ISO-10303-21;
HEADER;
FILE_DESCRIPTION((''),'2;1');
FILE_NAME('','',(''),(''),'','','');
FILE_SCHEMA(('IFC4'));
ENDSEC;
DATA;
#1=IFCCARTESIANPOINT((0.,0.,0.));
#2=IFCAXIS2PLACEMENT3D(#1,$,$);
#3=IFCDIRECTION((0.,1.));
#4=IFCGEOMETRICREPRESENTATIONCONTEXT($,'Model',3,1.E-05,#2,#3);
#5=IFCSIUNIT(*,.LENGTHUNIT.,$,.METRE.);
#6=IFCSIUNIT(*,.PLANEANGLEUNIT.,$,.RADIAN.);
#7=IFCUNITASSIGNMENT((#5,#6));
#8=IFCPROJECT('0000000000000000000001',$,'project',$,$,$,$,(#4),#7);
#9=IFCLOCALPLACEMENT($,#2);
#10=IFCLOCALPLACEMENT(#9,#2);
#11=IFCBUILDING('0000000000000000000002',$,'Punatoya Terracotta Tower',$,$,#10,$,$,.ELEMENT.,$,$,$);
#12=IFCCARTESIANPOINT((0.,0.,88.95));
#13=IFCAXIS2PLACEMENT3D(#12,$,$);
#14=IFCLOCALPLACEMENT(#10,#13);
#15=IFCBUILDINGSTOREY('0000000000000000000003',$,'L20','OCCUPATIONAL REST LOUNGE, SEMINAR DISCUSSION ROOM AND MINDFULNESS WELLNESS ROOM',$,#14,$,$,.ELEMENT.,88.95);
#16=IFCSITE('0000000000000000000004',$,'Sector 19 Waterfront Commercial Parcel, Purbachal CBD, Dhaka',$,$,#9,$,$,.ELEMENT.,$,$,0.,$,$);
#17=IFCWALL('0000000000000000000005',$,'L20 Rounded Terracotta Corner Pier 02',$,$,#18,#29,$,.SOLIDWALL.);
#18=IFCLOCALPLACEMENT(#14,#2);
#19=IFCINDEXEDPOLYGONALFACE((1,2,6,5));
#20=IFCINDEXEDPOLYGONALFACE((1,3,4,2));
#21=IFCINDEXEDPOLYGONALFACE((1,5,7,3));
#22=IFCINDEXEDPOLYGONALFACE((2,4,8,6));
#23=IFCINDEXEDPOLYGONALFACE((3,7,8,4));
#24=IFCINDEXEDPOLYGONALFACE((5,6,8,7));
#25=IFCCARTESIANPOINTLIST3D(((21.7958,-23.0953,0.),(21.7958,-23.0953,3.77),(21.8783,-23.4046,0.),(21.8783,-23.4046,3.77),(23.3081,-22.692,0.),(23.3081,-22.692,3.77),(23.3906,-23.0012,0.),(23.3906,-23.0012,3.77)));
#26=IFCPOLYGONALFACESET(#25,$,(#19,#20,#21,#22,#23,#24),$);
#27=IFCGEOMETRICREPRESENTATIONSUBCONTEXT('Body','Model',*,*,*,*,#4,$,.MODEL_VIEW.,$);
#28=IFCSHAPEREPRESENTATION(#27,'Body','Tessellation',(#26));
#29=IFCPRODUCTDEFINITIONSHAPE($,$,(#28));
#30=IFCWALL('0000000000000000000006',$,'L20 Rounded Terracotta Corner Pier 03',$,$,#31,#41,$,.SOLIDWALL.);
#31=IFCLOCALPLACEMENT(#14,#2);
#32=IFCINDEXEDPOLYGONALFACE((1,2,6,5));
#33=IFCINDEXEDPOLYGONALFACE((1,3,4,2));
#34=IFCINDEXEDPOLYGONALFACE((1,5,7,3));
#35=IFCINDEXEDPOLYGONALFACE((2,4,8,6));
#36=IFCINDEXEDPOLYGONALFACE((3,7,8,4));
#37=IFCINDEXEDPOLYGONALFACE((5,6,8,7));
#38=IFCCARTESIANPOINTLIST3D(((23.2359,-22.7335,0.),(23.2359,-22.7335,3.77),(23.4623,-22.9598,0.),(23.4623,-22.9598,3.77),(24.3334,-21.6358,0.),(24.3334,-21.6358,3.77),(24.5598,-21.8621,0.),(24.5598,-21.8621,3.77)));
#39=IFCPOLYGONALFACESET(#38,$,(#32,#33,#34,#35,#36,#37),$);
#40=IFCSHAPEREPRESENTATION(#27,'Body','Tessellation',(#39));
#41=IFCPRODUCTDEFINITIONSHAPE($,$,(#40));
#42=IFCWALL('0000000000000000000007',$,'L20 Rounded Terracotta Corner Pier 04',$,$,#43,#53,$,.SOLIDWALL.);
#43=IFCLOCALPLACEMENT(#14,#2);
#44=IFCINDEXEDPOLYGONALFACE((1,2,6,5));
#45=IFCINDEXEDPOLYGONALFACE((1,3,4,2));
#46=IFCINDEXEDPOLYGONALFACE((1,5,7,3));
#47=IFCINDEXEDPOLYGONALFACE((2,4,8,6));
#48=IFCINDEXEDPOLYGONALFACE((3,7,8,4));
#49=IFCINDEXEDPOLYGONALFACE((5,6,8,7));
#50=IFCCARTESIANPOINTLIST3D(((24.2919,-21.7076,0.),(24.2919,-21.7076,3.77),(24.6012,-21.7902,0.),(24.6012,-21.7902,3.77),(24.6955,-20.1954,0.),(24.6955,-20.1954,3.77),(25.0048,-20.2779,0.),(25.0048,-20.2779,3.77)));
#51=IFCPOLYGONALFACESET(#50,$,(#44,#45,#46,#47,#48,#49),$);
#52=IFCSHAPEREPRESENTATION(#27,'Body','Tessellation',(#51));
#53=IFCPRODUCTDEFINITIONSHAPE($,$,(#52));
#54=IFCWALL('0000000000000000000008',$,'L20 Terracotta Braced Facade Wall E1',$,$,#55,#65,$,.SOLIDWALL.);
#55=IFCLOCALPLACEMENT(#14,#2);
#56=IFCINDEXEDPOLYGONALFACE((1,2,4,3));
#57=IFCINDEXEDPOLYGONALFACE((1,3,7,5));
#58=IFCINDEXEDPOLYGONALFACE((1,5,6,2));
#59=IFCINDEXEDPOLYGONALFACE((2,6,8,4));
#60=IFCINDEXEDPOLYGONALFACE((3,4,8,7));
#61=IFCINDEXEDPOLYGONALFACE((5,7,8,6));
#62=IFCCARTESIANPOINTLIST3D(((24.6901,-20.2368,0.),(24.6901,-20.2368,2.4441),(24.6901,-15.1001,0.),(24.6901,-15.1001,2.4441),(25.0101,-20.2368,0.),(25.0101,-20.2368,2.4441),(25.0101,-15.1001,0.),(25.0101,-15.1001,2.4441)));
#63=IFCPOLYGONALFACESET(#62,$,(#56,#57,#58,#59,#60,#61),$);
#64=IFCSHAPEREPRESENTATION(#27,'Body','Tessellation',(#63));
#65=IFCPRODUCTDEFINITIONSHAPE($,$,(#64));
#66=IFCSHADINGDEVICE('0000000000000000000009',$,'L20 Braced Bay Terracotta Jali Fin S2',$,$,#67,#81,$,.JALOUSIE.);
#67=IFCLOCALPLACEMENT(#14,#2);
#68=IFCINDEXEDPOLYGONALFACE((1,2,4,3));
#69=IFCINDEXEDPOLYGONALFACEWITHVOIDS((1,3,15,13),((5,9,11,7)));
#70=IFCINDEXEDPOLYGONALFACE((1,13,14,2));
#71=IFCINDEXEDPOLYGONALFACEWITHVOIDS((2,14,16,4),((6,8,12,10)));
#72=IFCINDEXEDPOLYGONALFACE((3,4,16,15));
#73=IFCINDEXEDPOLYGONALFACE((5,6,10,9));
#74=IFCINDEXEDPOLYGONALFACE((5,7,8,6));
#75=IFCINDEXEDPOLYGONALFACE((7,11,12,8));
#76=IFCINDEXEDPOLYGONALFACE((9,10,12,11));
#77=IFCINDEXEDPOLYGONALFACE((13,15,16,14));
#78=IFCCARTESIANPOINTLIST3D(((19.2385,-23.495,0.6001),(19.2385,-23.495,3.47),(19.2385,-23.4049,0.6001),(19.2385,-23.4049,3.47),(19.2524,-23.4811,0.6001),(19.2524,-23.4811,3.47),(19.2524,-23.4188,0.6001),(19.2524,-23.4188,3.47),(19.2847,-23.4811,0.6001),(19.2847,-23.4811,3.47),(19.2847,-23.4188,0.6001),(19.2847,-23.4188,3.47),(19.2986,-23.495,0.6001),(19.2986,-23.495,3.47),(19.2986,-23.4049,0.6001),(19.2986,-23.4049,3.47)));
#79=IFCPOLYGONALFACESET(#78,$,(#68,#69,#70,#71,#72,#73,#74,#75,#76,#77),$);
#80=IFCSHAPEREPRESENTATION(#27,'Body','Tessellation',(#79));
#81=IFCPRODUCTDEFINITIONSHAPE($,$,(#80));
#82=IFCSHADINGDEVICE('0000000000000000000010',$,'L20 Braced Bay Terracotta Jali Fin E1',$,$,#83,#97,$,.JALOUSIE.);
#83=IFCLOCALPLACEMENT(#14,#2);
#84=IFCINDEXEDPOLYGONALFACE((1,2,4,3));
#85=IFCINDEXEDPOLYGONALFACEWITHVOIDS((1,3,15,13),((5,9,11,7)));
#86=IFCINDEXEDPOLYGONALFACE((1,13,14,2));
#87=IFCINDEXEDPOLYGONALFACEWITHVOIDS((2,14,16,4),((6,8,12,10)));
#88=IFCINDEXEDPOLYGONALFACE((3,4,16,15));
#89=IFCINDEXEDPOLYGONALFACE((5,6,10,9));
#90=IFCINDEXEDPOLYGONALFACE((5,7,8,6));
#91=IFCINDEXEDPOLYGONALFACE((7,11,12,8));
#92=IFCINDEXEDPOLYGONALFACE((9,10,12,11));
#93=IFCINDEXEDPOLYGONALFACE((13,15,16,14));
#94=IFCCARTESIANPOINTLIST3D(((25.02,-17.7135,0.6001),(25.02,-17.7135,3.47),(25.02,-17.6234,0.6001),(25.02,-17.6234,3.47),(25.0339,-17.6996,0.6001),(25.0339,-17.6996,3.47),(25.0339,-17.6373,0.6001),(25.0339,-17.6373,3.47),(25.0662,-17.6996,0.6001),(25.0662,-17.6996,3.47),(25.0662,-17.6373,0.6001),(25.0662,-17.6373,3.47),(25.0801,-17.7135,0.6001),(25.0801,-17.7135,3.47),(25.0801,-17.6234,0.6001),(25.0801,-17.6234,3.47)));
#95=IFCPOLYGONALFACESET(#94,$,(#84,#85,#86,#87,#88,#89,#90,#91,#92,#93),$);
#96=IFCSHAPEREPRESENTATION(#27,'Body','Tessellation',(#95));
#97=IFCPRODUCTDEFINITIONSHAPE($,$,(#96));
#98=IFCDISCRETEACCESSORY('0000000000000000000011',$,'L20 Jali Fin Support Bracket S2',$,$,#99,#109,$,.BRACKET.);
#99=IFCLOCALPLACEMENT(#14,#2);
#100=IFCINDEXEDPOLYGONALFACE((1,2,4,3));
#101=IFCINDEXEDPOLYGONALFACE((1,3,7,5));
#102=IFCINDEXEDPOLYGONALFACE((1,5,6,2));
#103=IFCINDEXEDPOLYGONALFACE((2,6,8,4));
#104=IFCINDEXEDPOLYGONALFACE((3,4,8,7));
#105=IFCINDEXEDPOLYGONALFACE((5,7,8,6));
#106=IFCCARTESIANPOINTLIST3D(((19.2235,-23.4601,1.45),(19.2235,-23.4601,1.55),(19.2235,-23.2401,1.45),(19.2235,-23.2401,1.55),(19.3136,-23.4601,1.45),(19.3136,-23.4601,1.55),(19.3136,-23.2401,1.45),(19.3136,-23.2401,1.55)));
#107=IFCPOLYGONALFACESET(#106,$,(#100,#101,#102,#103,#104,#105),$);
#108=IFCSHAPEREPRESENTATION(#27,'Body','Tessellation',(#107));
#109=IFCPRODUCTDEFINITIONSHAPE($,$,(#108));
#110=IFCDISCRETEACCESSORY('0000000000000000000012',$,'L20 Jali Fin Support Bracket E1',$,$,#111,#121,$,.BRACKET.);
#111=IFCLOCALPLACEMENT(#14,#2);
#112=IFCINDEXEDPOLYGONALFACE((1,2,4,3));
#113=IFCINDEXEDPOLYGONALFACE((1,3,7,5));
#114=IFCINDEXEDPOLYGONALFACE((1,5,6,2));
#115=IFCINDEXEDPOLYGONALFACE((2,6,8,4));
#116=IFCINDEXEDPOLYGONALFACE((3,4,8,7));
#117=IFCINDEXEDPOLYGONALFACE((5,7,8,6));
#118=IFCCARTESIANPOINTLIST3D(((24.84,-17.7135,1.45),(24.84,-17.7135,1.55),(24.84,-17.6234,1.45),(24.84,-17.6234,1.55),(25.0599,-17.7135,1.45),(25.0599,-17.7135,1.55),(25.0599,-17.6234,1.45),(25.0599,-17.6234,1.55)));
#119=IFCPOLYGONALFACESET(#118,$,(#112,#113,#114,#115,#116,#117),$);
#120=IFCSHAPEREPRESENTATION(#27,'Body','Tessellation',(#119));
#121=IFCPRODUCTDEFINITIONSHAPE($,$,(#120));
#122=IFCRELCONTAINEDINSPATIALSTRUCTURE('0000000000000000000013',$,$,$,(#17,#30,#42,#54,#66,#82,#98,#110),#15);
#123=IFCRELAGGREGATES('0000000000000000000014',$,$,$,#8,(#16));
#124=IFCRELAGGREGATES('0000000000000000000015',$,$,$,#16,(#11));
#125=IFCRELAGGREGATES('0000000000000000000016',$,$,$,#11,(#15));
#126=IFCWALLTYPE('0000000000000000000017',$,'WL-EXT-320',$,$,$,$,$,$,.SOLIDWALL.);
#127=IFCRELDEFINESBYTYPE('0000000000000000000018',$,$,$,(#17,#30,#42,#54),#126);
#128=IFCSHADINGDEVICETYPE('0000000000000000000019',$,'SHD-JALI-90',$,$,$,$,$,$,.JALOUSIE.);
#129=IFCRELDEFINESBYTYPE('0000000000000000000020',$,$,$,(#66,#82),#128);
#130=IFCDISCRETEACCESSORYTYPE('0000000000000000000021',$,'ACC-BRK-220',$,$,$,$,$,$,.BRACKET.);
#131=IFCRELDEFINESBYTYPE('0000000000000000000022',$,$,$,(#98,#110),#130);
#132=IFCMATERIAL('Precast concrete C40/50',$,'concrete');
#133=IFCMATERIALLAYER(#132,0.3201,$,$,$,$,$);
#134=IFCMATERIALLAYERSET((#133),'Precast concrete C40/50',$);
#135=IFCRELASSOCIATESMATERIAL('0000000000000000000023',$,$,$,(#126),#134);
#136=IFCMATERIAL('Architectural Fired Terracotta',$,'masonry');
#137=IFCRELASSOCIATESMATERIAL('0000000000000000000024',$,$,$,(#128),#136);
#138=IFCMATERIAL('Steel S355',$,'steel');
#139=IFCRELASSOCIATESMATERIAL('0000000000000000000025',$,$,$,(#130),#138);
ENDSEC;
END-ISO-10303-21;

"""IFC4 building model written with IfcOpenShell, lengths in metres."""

from ifc_helpers import new_model, si_unit, direction, frame, frame_2d, origin, origin_2d, place, context, subcontext, project, spatial, rectangle, hollow_rectangle, extrude, material, layer, layer_set, material_profile, profile_set, type_object, element, save


model = new_model("IFC4")

# Units and contexts
model_context = context("Model", 3, precision=1e-05, world=origin(), true_north=direction((0.0, 1.0)))
body_context = subcontext(model_context, "Body", "Model", "MODEL_VIEW")
ifc_project = project(units=[si_unit("LENGTHUNIT", "METRE"), si_unit("PLANEANGLEUNIT", "RADIAN")], contexts=[model_context])

# Site, building, storey
site_placement = place(None, origin())
site = spatial("IfcSite", under=ifc_project, at=site_placement, Name="Sector 19 Waterfront Commercial Parcel, Purbachal CBD, Dhaka", CompositionType="ELEMENT", RefElevation=0.0)
building_placement = place(site_placement, origin())
building = spatial("IfcBuilding", under=site, at=building_placement, Name="Punatoya Terracotta Tower", CompositionType="ELEMENT")
storey_placement = place(building_placement, frame((0.0, 0.0, 88.95)))
storey = spatial("IfcBuildingStorey", under=building, at=storey_placement, Name="L20", Description="OCCUPATIONAL REST LOUNGE, SEMINAR DISCUSSION ROOM AND MINDFULNESS WELLNESS ROOM", CompositionType="ELEMENT", Elevation=88.95)

# Shared definitions
ifc_material_1 = material(Name="Steel S355", Category="steel")

# Walls
ifc_material_2 = material(Name="Precast concrete C40/50", Category="concrete")
ifc_layer_1 = layer(ifc_material_2, 0.3201)
ifc_layer_set_1 = layer_set([ifc_layer_1], Name="Precast concrete C40/50")
wall_type = type_object("IfcWallType", Name="WL-EXT-320", PredefinedType="SOLIDWALL", material=ifc_layer_set_1)
wall_1_placement = place(storey_placement, frame((21.8369, -23.25, 0.0), z_axis=(0.0, 0.0, 1.0), x_axis=(0.966225, 0.257701, 0.0)))
element("IfcWall", 1, at=wall_1_placement, inside=storey, type_object=wall_type, Name="L20 Rounded Terracotta Corner Pier 02", PredefinedType="SOLIDWALL", context=body_context, shape_type="SweptSolid", body=[
    extrude(rectangle(XDim=1.5652, YDim=0.3201, at=frame_2d((0.7827, 0.0))), origin(), (0.0, 0.0, 1.0), 3.77),
])
wall_2_placement = place(storey_placement, frame((23.3491, -22.8467, 0.0), z_axis=(0.0, 0.0, 1.0), x_axis=(0.707028, 0.707185, 0.0)))
element("IfcWall", 2, at=wall_2_placement, inside=storey, type_object=wall_type, Name="L20 Rounded Terracotta Corner Pier 03", PredefinedType="SOLIDWALL", context=body_context, shape_type="SweptSolid", body=[
    extrude(rectangle(XDim=1.5522, YDim=0.3201, at=frame_2d((0.7761, 0.0))), origin(), (0.0, 0.0, 1.0), 3.77),
])
wall_3_placement = place(storey_placement, frame((24.4465, -21.749, 0.0), z_axis=(0.0, 0.0, 1.0), x_axis=(0.257847, 0.966186, 0.0)))
element("IfcWall", 3, at=wall_3_placement, inside=storey, type_object=wall_type, Name="L20 Rounded Terracotta Corner Pier 04", PredefinedType="SOLIDWALL", context=body_context, shape_type="SweptSolid", body=[
    extrude(rectangle(XDim=1.5652, YDim=0.3201, at=frame_2d((0.7827, 0.0))), origin(), (0.0, 0.0, 1.0), 3.77),
])
wall_4_placement = place(storey_placement, frame((24.8501, -20.2368, 0.0), z_axis=(0.0, 0.0, 1.0), x_axis=(0.0, 1.0, 0.0)))
element("IfcWall", 4, at=wall_4_placement, inside=storey, type_object=wall_type, Name="L20 Terracotta Braced Facade Wall E1", PredefinedType="SOLIDWALL", context=body_context, shape_type="SweptSolid", body=[
    extrude(rectangle(XDim=5.1367, YDim=0.3201, at=frame_2d((2.5684, 0.0))), origin(), (0.0, 0.0, 1.0), 2.4441),
])

# Shading devices
ifc_material_3 = material(Name="Architectural Fired Terracotta", Category="masonry")
ifc_material_profile_1 = material_profile(ifc_material_3, hollow_rectangle(XDim=0.0601, YDim=0.0901, WallThickness=0.0139, at=origin_2d()))
ifc_profile_set_1 = profile_set([ifc_material_profile_1], Name="Architectural Fired Terracotta")
shading_device_type = type_object("IfcShadingDeviceType", Name="SHD-JALI-90", PredefinedType="JALOUSIE", material=ifc_profile_set_1)
for number, where, z_axis, x_axis, name in (
    (5, (19.2686, -23.45, 0.6001), (0.0, 0.0, 1.0), (1.0, 0.0, 0.0), "L20 Braced Bay Terracotta Jali Fin S2"),
    (6, (25.05, -17.6685, 0.6001), (0.0, 0.0, 1.0), (1.0, 0.0, 0.0), "L20 Braced Bay Terracotta Jali Fin E1"),
):
    element("IfcShadingDevice", number, at=place(storey_placement, frame(where, z_axis=z_axis, x_axis=x_axis)), inside=storey, type_object=shading_device_type, Name=name, PredefinedType="JALOUSIE", context=body_context, shape_type="SweptSolid", body=[
        extrude(hollow_rectangle(XDim=0.0601, YDim=0.0901, WallThickness=0.0139, at=origin_2d()), origin(), (0.0, 0.0, 1.0), 2.8699),
    ])

# Discrete accessories
discrete_accessory_type = type_object("IfcDiscreteAccessoryType", Name="ACC-BRK-220", PredefinedType="BRACKET", material=ifc_material_1)
for number, where, z_axis, x_axis, name in (
    (7, (19.2686, -23.3501, 1.45), (0.0, 0.0, 1.0), (1.0, 0.0, 0.0), "L20 Jali Fin Support Bracket S2"),
    (8, (24.95, -17.6685, 1.45), (0.0, 0.0, 1.0), (0.0, 1.0, 0.0), "L20 Jali Fin Support Bracket E1"),
):
    element("IfcDiscreteAccessory", number, at=place(storey_placement, frame(where, z_axis=z_axis, x_axis=x_axis)), inside=storey, type_object=discrete_accessory_type, Name=name, PredefinedType="BRACKET", context=body_context, shape_type="SweptSolid", body=[
        extrude(rectangle(XDim=0.0901, YDim=0.22, at=origin_2d()), origin(), (0.0, 0.0, 1.0), 0.1001),
    ])

save(model, "model.ifc")
